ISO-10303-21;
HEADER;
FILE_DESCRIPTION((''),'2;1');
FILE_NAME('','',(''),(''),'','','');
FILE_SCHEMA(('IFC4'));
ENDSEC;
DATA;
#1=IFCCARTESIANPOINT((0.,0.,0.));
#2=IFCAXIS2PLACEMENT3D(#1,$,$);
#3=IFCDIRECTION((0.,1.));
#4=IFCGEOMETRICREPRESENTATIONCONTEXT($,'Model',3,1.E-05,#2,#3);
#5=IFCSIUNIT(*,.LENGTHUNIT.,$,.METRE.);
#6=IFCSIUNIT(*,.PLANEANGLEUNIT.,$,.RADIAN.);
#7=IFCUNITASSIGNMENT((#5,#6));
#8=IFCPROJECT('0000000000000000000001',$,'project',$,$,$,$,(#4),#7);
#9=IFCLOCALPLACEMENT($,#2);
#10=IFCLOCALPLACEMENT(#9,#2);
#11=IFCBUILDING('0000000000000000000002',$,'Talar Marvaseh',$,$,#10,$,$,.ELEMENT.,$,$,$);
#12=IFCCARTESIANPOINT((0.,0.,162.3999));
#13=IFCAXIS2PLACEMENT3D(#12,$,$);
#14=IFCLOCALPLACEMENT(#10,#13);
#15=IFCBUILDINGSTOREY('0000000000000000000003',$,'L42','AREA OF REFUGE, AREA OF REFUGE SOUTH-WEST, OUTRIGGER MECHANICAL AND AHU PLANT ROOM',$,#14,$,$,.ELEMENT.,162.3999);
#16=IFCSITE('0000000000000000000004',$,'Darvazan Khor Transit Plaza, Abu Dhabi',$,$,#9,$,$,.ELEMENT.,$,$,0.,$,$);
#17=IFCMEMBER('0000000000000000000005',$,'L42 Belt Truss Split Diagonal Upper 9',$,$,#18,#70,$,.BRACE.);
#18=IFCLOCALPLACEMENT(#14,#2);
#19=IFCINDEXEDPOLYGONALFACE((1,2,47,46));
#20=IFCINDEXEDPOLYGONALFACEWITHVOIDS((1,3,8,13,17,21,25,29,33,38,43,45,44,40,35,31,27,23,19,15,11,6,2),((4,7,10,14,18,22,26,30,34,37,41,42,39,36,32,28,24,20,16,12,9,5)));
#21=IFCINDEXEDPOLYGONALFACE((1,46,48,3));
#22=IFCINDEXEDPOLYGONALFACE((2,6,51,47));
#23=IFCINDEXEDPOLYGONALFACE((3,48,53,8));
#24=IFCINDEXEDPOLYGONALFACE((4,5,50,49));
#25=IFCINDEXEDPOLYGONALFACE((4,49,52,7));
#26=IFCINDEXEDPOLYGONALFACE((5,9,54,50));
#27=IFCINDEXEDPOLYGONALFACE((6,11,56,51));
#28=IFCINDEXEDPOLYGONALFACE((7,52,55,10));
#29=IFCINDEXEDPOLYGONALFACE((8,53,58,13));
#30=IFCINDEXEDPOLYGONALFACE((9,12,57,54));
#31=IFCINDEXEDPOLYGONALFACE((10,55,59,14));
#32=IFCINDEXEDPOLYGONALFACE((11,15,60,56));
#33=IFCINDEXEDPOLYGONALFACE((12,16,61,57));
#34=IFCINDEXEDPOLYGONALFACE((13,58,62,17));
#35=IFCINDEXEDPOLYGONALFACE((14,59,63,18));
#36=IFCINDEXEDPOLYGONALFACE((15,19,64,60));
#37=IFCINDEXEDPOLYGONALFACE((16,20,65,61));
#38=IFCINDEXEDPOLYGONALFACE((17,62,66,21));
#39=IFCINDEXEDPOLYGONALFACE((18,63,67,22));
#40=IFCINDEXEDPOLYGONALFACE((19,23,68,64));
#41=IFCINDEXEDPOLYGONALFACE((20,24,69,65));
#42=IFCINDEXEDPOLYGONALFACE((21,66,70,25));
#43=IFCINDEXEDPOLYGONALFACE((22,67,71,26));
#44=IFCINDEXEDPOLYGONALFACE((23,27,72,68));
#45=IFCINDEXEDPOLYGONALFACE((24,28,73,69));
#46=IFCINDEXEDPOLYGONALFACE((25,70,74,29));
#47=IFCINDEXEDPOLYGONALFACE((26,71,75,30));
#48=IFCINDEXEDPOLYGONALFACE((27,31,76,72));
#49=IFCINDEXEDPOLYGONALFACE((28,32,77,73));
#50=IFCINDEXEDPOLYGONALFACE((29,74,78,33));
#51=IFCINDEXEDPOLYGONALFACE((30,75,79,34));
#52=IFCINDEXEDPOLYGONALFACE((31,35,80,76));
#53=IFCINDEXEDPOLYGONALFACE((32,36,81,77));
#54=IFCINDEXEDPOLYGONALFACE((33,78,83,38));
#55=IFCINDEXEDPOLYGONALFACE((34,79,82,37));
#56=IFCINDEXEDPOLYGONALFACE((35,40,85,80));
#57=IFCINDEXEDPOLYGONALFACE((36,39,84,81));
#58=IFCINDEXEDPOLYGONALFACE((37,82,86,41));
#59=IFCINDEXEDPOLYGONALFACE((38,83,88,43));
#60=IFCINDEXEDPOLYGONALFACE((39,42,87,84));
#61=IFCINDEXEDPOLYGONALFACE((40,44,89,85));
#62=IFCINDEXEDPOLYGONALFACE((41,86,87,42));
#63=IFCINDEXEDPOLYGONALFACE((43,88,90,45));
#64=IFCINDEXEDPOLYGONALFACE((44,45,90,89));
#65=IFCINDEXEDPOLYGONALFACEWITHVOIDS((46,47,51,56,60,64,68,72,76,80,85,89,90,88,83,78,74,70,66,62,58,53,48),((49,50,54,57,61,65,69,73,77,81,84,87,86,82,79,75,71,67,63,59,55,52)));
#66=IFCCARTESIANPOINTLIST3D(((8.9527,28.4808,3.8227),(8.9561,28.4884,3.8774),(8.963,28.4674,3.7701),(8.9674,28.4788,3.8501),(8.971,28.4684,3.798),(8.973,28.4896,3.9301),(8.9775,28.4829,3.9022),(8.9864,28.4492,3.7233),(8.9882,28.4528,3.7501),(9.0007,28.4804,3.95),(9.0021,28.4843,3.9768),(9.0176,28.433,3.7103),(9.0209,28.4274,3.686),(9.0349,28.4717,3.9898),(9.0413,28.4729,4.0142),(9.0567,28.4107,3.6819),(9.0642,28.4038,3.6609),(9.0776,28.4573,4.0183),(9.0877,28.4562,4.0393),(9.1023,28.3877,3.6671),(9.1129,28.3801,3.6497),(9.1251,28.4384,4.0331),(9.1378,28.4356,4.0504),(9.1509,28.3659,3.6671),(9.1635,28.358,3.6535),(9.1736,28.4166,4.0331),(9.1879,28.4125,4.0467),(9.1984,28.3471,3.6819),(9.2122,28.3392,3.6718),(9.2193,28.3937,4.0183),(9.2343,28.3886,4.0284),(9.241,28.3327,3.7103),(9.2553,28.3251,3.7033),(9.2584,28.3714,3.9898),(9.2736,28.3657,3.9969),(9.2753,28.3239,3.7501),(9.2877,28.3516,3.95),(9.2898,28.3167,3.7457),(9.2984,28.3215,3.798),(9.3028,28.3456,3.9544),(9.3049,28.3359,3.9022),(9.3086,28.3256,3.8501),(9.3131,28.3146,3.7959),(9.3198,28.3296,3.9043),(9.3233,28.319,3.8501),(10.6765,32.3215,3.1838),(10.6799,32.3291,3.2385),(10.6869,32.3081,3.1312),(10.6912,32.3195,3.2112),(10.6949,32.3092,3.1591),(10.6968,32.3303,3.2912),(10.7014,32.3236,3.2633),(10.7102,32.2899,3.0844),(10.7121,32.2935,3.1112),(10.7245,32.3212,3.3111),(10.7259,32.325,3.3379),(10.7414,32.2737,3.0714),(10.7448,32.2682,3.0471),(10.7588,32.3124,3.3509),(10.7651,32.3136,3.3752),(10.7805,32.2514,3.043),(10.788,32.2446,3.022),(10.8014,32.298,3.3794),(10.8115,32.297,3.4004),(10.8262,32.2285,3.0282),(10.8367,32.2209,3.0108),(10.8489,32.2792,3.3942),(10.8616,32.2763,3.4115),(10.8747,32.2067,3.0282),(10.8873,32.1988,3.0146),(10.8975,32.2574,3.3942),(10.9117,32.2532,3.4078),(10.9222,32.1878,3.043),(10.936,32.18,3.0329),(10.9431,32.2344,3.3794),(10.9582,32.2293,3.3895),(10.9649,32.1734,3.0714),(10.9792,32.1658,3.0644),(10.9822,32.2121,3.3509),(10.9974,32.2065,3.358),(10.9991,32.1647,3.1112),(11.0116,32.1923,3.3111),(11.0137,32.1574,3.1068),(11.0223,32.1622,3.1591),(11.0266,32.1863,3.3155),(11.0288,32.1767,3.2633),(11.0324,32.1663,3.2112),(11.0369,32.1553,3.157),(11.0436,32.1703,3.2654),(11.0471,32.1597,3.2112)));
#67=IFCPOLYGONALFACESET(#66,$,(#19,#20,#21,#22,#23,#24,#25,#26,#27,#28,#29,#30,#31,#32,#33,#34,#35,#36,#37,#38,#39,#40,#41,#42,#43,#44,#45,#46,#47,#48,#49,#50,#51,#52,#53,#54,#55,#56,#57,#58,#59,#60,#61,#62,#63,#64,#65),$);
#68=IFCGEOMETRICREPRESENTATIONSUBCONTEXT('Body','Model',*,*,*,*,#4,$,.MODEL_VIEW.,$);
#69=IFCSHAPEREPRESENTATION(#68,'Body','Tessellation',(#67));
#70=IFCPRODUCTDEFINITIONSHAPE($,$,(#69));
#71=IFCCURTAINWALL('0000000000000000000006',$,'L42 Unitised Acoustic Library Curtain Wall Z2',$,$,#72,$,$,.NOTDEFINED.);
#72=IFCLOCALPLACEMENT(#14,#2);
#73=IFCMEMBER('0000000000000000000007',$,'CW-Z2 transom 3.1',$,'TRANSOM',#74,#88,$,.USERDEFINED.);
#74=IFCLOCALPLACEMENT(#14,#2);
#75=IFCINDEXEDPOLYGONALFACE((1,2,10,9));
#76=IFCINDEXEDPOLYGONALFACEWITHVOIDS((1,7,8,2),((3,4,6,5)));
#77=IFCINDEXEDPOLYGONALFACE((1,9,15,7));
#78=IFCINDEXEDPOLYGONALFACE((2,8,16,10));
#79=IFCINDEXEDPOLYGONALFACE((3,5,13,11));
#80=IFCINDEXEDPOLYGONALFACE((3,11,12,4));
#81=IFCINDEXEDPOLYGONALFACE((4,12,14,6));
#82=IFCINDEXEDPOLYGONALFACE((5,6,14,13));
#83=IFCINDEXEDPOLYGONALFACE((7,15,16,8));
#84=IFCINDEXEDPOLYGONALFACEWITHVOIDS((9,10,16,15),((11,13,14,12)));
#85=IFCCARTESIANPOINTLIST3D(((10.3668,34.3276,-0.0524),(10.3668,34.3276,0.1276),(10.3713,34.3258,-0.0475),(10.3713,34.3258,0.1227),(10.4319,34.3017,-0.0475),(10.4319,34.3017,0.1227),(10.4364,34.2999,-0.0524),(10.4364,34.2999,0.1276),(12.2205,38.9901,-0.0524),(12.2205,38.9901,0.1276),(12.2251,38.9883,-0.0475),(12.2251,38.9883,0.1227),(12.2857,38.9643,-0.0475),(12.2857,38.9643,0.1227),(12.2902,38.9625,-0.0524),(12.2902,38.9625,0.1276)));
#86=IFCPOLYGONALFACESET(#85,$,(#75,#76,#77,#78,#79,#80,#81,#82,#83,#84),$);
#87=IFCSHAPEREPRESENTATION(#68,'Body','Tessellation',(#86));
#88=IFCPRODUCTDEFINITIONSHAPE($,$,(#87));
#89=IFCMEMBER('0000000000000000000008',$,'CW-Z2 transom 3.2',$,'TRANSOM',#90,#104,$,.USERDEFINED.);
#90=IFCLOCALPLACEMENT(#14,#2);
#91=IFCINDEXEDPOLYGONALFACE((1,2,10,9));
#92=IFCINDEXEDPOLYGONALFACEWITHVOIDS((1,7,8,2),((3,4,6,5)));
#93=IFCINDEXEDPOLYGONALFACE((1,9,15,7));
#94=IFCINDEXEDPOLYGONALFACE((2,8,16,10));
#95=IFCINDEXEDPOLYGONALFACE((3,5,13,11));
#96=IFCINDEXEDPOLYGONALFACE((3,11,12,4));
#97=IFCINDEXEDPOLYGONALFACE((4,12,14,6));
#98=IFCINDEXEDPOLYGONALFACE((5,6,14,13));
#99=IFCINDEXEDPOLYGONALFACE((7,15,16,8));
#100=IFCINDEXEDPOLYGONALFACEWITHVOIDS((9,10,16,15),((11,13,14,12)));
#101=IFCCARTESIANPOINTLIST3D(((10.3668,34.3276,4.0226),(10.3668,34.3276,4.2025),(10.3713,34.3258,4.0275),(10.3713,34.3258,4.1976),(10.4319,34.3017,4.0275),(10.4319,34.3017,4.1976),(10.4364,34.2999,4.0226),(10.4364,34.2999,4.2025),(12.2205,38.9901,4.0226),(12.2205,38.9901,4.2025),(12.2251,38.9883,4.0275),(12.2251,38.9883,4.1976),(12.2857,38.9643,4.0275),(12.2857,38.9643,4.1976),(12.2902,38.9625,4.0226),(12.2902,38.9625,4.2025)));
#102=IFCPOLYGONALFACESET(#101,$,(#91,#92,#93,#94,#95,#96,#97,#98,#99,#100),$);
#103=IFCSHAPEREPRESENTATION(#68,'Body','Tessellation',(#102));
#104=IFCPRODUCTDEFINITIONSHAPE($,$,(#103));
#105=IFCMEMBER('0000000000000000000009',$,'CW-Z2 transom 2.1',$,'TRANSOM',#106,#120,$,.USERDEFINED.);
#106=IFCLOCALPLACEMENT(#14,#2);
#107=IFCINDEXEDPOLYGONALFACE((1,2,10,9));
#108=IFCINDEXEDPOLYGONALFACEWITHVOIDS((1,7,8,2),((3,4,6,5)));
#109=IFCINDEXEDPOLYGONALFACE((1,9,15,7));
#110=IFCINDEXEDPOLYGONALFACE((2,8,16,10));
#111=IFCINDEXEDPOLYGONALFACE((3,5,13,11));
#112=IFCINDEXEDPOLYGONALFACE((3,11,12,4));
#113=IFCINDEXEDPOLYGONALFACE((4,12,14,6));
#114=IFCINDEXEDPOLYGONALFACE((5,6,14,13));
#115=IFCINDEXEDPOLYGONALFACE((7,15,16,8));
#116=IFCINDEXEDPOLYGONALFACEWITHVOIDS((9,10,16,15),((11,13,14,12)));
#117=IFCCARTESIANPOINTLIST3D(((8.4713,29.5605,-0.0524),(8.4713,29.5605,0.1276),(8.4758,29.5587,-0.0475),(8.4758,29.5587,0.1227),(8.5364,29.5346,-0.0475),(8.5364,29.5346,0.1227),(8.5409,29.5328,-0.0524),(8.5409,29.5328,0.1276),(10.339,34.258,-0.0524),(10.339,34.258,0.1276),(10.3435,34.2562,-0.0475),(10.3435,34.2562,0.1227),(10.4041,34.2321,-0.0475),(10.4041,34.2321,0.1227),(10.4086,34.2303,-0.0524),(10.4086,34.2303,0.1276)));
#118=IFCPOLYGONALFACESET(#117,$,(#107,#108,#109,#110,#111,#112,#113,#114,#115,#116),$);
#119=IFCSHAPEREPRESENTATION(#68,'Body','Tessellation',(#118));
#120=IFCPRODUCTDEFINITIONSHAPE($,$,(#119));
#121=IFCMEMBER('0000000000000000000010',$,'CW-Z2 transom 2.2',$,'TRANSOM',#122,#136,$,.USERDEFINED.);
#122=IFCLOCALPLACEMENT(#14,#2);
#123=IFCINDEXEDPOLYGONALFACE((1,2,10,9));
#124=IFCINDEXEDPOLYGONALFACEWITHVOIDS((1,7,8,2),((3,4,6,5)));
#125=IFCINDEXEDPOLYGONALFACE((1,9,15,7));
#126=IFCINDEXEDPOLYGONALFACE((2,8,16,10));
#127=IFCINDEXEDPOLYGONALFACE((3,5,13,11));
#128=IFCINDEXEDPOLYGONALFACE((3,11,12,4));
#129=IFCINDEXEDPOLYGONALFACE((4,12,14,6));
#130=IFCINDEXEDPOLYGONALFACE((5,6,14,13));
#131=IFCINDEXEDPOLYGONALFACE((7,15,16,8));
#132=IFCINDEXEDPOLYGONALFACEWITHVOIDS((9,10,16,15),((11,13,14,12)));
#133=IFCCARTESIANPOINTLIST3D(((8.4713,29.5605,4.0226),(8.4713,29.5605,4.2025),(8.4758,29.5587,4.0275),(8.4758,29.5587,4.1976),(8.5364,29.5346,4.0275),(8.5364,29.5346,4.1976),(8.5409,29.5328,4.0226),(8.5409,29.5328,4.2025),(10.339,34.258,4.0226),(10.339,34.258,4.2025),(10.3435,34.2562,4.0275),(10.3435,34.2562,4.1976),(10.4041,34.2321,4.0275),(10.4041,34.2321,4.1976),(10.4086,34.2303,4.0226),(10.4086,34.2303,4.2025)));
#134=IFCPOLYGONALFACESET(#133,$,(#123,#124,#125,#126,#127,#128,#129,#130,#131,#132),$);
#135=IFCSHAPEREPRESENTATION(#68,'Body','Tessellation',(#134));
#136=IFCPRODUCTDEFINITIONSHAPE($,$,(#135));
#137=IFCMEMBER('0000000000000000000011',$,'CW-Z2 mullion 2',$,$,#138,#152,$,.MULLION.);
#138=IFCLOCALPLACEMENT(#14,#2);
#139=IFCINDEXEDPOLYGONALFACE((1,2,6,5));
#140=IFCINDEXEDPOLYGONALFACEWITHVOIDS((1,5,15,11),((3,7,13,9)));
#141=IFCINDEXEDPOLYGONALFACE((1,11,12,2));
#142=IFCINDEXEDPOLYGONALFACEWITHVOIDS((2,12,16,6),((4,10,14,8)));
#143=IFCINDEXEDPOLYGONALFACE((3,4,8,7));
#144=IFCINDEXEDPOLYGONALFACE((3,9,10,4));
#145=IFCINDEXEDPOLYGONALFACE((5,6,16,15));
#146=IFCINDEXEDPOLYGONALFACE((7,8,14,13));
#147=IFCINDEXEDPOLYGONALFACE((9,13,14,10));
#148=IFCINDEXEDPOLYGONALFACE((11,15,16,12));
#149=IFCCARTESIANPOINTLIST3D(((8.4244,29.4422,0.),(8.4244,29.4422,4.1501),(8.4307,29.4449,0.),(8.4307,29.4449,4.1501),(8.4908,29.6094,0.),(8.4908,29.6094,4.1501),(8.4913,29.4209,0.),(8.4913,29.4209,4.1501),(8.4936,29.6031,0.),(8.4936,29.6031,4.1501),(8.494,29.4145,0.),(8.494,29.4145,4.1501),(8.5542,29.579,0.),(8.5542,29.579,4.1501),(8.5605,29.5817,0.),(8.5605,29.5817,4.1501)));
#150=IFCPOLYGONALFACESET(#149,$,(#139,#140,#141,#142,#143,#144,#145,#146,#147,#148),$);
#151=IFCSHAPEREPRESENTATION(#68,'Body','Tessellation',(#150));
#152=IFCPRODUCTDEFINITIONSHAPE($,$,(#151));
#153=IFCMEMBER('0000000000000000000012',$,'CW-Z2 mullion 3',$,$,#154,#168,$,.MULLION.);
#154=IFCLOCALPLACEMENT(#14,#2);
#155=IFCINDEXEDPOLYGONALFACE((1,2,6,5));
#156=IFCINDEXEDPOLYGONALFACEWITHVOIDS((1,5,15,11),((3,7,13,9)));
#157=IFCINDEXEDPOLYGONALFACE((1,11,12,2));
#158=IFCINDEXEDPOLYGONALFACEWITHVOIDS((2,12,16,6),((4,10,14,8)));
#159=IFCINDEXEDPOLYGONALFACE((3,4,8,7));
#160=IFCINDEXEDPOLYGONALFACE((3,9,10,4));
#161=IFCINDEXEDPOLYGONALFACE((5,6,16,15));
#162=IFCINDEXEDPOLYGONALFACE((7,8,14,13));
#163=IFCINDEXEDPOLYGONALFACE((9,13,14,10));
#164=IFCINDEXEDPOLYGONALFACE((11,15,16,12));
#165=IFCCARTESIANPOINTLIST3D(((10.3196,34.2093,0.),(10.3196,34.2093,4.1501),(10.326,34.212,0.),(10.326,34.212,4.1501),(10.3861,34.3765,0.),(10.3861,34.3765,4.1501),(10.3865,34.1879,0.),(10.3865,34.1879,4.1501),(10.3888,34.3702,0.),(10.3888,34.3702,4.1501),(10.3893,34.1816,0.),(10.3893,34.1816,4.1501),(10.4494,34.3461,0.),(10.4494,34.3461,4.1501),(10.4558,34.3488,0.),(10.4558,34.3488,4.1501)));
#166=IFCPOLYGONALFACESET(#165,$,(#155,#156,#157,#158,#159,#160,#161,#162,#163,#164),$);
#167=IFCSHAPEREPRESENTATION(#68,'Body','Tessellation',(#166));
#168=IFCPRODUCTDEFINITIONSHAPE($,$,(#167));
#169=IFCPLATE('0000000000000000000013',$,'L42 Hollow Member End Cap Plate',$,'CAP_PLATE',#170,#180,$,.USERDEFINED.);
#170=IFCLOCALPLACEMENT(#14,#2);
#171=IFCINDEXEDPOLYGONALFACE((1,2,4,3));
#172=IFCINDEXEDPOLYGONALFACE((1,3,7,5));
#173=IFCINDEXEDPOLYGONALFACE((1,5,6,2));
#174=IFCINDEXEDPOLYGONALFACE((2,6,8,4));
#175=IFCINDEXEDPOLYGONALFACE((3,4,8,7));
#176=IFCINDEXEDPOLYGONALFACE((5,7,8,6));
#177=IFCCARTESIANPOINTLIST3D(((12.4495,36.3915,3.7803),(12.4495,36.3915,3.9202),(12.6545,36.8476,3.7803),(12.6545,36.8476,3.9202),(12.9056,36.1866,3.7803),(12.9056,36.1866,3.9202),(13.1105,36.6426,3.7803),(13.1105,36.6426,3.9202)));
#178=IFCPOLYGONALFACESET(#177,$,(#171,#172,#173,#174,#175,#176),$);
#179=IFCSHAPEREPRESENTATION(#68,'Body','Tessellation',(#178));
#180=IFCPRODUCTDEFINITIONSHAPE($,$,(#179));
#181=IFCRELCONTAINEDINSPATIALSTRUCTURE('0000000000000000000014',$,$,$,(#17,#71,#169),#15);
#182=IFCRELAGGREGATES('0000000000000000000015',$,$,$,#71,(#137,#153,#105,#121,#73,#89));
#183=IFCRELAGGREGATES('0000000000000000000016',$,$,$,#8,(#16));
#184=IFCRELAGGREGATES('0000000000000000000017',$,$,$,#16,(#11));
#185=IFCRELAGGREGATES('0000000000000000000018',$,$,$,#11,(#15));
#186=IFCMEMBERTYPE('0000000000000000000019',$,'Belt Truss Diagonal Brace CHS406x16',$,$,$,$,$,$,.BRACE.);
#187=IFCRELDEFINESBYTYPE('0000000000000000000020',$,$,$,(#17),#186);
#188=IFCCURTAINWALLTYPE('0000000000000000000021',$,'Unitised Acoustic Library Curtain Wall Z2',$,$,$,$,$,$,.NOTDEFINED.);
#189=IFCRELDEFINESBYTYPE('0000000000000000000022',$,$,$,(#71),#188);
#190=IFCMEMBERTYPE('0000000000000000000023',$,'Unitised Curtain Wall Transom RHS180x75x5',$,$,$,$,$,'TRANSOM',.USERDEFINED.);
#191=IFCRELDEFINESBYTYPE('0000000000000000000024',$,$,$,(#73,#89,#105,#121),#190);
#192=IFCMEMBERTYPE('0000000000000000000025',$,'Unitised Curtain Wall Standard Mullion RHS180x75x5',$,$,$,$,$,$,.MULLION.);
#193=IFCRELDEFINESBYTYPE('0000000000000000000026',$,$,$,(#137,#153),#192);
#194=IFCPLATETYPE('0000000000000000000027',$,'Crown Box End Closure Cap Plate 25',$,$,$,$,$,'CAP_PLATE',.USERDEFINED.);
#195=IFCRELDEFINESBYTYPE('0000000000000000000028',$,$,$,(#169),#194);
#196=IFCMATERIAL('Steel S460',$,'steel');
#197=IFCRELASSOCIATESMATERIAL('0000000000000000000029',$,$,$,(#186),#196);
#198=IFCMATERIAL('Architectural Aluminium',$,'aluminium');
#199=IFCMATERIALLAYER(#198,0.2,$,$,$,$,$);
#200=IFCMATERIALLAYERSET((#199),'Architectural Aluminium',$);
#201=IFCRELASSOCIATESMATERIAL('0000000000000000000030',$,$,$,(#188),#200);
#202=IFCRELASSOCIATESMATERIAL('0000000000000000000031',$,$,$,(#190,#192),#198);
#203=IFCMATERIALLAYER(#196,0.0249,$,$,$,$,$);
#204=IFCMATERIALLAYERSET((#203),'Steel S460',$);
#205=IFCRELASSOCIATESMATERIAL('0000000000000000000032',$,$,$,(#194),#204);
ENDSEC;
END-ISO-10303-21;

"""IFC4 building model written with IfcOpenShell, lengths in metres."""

from ifc_helpers import new_model, si_unit, direction, frame, origin, origin_2d, place, context, subcontext, project, spatial, rectangle, hollow_rectangle, hollow_circle, extrude, source, transform, mapped, material, layer, layer_set, material_profile, profile_set, type_object, type_shapes, element, aggregate, save


model = new_model("IFC4")

# Units and contexts
model_context = context("Model", 3, precision=1e-05, world=origin(), true_north=direction((0.0, 1.0)))
body_context = subcontext(model_context, "Body", "Model", "MODEL_VIEW")
ifc_project = project(units=[si_unit("LENGTHUNIT", "METRE"), si_unit("PLANEANGLEUNIT", "RADIAN")], contexts=[model_context])

# Site, building, storey
site_placement = place(None, origin())
site = spatial("IfcSite", under=ifc_project, at=site_placement, Name="Darvazan Khor Transit Plaza, Abu Dhabi", CompositionType="ELEMENT", RefElevation=0.0)
building_placement = place(site_placement, origin())
building = spatial("IfcBuilding", under=site, at=building_placement, Name="Talar Marvaseh", CompositionType="ELEMENT")
storey_placement = place(building_placement, frame((0.0, 0.0, 162.3999)))
storey = spatial("IfcBuildingStorey", under=building, at=storey_placement, Name="L42", Description="AREA OF REFUGE, AREA OF REFUGE SOUTH-WEST, OUTRIGGER MECHANICAL AND AHU PLANT ROOM", CompositionType="ELEMENT", Elevation=162.3999)

# Shared definitions
ifc_material_1 = material(Name="Steel S460", Category="steel")

# Member
ifc_material_profile_1 = material_profile(ifc_material_1, hollow_circle(Radius=0.2031, WallThickness=0.0161, at=origin_2d()), Name="CHS406x16")
ifc_profile_set_1 = profile_set([ifc_material_profile_1], Name="Steel S460")
member_type_1 = type_object("IfcMemberType", Name="Belt Truss Diagonal Brace CHS406x16", PredefinedType="BRACE", material=ifc_profile_set_1)
shared_shape_1 = source(origin(), body_context, "Body", "SweptSolid", [
    extrude(hollow_circle(Radius=0.2031, WallThickness=0.0161, at=origin_2d()), origin(), (0.0, 0.0, 1.0), 4.2581),
])
type_shapes(member_type_1, [shared_shape_1])
member_1_placement = place(storey_placement, frame((10.8618, 32.2429, 3.2112), z_axis=(-0.404841, -0.901992, 0.150045), x_axis=(0.91232, -0.409477, 0.0)))
element("IfcMember", 1, at=member_1_placement, inside=storey, type_object=member_type_1, Name="L42 Belt Truss Split Diagonal Upper 9", PredefinedType="BRACE", context=body_context, shape_type="MappedRepresentation", body=[
    mapped(shared_shape_1, transform((0.0, 0.0, 0.0), x_axis=(1.0, 0.0, 0.0), y_axis=(0.0, 1.0, 0.0), z_axis=(0.0, 0.0, 1.0), scale=1.0)),
])

# Curtain wall, members
ifc_material_2 = material(Name="Architectural Aluminium", Category="aluminium")
ifc_layer_1 = layer(ifc_material_2, 0.2)
ifc_layer_set_1 = layer_set([ifc_layer_1], Name="Architectural Aluminium")
curtain_wall_type = type_object("IfcCurtainWallType", Name="Unitised Acoustic Library Curtain Wall Z2", PredefinedType="NOTDEFINED", material=ifc_layer_set_1)
curtain_wall_placement = place(storey_placement, origin())
curtain_wall = element("IfcCurtainWall", 2, at=curtain_wall_placement, inside=storey, type_object=curtain_wall_type, Name="L42 Unitised Acoustic Library Curtain Wall Z2", PredefinedType="NOTDEFINED")
ifc_material_profile_2 = material_profile(ifc_material_2, hollow_rectangle(XDim=0.075, YDim=0.1799, WallThickness=0.0049, at=origin_2d()), Name="RHS180x75x5")
ifc_profile_set_2 = profile_set([ifc_material_profile_2], Name="Architectural Aluminium")
member_type_2 = type_object("IfcMemberType", Name="Unitised Curtain Wall Transom RHS180x75x5", ElementType="TRANSOM", PredefinedType="USERDEFINED", material=ifc_profile_set_2)
shared_shape_2 = source(origin(), body_context, "Body", "SweptSolid", [
    extrude(hollow_rectangle(XDim=0.075, YDim=0.1799, WallThickness=0.0049, at=origin_2d()), origin(), (0.0, 0.0, 1.0), 5.0176),
])
member_2_placement = place(storey_placement, frame((10.4016, 34.3137, 0.0376), z_axis=(0.369452, 0.92925, 0.0), x_axis=(-0.92925, 0.369452, 0.0)))
member_2 = element("IfcMember", 3, at=member_2_placement, type_object=member_type_2, Name="CW-Z2 transom 3.1", ObjectType="TRANSOM", PredefinedType="USERDEFINED", context=body_context, shape_type="MappedRepresentation", body=[
    mapped(shared_shape_2, transform((0.0, 0.0, 0.0), x_axis=(1.0, 0.0, 0.0), y_axis=(0.0, 1.0, 0.0), z_axis=(0.0, 0.0, 1.0), scale=1.0)),
])
member_3_placement = place(storey_placement, frame((10.4016, 34.3137, 4.1125), z_axis=(0.369452, 0.92925, 0.0), x_axis=(-0.92925, 0.369452, 0.0)))
member_3 = element("IfcMember", 4, at=member_3_placement, type_object=member_type_2, Name="CW-Z2 transom 3.2", ObjectType="TRANSOM", PredefinedType="USERDEFINED", context=body_context, shape_type="MappedRepresentation", body=[
    mapped(shared_shape_2, transform((0.0, 0.0, 0.0), x_axis=(1.0, 0.0, 0.0), y_axis=(0.0, 1.0, 0.0), z_axis=(0.0, 0.0, 1.0), scale=1.0)),
])
shared_shape_3 = source(origin(), body_context, "Body", "SweptSolid", [
    extrude(hollow_rectangle(XDim=0.075, YDim=0.1799, WallThickness=0.0049, at=origin_2d()), origin(), (0.0, 0.0, 1.0), 5.0552),
])
type_shapes(member_type_2, [shared_shape_2, shared_shape_3])
member_4_placement = place(storey_placement, frame((8.5061, 29.5466, 0.0376), z_axis=(0.369458, 0.929247, 0.0), x_axis=(-0.929247, 0.369458, 0.0)))
member_4 = element("IfcMember", 5, at=member_4_placement, type_object=member_type_2, Name="CW-Z2 transom 2.1", ObjectType="TRANSOM", PredefinedType="USERDEFINED", context=body_context, shape_type="MappedRepresentation", body=[
    mapped(shared_shape_3, transform((0.0, 0.0, 0.0), x_axis=(1.0, 0.0, 0.0), y_axis=(0.0, 1.0, 0.0), z_axis=(0.0, 0.0, 1.0), scale=1.0)),
])
member_5_placement = place(storey_placement, frame((8.5061, 29.5466, 4.1125), z_axis=(0.369458, 0.929247, 0.0), x_axis=(-0.929247, 0.369458, 0.0)))
member_5 = element("IfcMember", 6, at=member_5_placement, type_object=member_type_2, Name="CW-Z2 transom 2.2", ObjectType="TRANSOM", PredefinedType="USERDEFINED", context=body_context, shape_type="MappedRepresentation", body=[
    mapped(shared_shape_3, transform((0.0, 0.0, 0.0), x_axis=(1.0, 0.0, 0.0), y_axis=(0.0, 1.0, 0.0), z_axis=(0.0, 0.0, 1.0), scale=1.0)),
])
ifc_material_profile_3 = material_profile(ifc_material_2, hollow_rectangle(XDim=0.075, YDim=0.1799, WallThickness=0.0049, at=origin_2d()), Name="RHS180x75x5")
ifc_profile_set_3 = profile_set([ifc_material_profile_3], Name="Architectural Aluminium")
member_type_3 = type_object("IfcMemberType", Name="Unitised Curtain Wall Standard Mullion RHS180x75x5", PredefinedType="MULLION", material=ifc_profile_set_3)
shared_shape_4 = source(origin(), body_context, "Body", "SweptSolid", [
    extrude(hollow_rectangle(XDim=0.075, YDim=0.1799, WallThickness=0.0049, at=origin_2d()), origin(), (0.0, 0.0, 1.0), 4.1501),
])
type_shapes(member_type_3, [shared_shape_4])
member_6_placement = place(storey_placement, frame((8.4924, 29.512, 0.0), z_axis=(0.0, 0.0, 1.0), x_axis=(-0.929247, 0.369458, 0.0)))
member_6 = element("IfcMember", 7, at=member_6_placement, type_object=member_type_3, Name="CW-Z2 mullion 2", PredefinedType="MULLION", context=body_context, shape_type="MappedRepresentation", body=[
    mapped(shared_shape_4, transform((0.0, 0.0, 0.0), x_axis=(1.0, 0.0, 0.0), y_axis=(0.0, 1.0, 0.0), z_axis=(0.0, 0.0, 1.0), scale=1.0)),
])
member_7_placement = place(storey_placement, frame((10.3877, 34.2791, 0.0), z_axis=(0.0, 0.0, 1.0), x_axis=(-0.929247, 0.369458, 0.0)))
member_7 = element("IfcMember", 8, at=member_7_placement, type_object=member_type_3, Name="CW-Z2 mullion 3", PredefinedType="MULLION", context=body_context, shape_type="MappedRepresentation", body=[
    mapped(shared_shape_4, transform((0.0, 0.0, 0.0), x_axis=(1.0, 0.0, 0.0), y_axis=(0.0, 1.0, 0.0), z_axis=(0.0, 0.0, 1.0), scale=1.0)),
])

# Plate
ifc_layer_2 = layer(ifc_material_1, 0.0249)
ifc_layer_set_2 = layer_set([ifc_layer_2], Name="Steel S460")
plate_type_1 = type_object("IfcPlateType", Name="Crown Box End Closure Cap Plate 25", ElementType="CAP_PLATE", PredefinedType="USERDEFINED", material=ifc_layer_set_2)
shared_shape_5 = source(origin(), body_context, "Body", "SweptSolid", [
    extrude(rectangle(XDim=0.5, YDim=0.5, at=origin_2d()), origin(), (0.0, 0.0, 1.0), 0.1399),
])
type_shapes(plate_type_1, [shared_shape_5])
for number, where, z_axis, x_axis, name in (
    (9, (12.78, 36.5171, 3.7803), (0.0, 0.0, 1.0), (0.409923, 0.91212, 0.0), "L42 Hollow Member End Cap Plate"),
):
    element("IfcPlate", number, at=place(storey_placement, frame(where, z_axis=z_axis, x_axis=x_axis)), inside=storey, type_object=plate_type_1, Name=name, ObjectType="CAP_PLATE", PredefinedType="USERDEFINED", context=body_context, shape_type="MappedRepresentation", body=[
        mapped(shared_shape_5, transform((0.0, 0.0, 0.0), x_axis=(1.0, 0.0, 0.0), y_axis=(0.0, 1.0, 0.0), z_axis=(0.0, 0.0, 1.0), scale=1.0)),
    ])

aggregate(curtain_wall, [member_6, member_7, member_4, member_5, member_2, member_3])

save(model, "model.ifc")
